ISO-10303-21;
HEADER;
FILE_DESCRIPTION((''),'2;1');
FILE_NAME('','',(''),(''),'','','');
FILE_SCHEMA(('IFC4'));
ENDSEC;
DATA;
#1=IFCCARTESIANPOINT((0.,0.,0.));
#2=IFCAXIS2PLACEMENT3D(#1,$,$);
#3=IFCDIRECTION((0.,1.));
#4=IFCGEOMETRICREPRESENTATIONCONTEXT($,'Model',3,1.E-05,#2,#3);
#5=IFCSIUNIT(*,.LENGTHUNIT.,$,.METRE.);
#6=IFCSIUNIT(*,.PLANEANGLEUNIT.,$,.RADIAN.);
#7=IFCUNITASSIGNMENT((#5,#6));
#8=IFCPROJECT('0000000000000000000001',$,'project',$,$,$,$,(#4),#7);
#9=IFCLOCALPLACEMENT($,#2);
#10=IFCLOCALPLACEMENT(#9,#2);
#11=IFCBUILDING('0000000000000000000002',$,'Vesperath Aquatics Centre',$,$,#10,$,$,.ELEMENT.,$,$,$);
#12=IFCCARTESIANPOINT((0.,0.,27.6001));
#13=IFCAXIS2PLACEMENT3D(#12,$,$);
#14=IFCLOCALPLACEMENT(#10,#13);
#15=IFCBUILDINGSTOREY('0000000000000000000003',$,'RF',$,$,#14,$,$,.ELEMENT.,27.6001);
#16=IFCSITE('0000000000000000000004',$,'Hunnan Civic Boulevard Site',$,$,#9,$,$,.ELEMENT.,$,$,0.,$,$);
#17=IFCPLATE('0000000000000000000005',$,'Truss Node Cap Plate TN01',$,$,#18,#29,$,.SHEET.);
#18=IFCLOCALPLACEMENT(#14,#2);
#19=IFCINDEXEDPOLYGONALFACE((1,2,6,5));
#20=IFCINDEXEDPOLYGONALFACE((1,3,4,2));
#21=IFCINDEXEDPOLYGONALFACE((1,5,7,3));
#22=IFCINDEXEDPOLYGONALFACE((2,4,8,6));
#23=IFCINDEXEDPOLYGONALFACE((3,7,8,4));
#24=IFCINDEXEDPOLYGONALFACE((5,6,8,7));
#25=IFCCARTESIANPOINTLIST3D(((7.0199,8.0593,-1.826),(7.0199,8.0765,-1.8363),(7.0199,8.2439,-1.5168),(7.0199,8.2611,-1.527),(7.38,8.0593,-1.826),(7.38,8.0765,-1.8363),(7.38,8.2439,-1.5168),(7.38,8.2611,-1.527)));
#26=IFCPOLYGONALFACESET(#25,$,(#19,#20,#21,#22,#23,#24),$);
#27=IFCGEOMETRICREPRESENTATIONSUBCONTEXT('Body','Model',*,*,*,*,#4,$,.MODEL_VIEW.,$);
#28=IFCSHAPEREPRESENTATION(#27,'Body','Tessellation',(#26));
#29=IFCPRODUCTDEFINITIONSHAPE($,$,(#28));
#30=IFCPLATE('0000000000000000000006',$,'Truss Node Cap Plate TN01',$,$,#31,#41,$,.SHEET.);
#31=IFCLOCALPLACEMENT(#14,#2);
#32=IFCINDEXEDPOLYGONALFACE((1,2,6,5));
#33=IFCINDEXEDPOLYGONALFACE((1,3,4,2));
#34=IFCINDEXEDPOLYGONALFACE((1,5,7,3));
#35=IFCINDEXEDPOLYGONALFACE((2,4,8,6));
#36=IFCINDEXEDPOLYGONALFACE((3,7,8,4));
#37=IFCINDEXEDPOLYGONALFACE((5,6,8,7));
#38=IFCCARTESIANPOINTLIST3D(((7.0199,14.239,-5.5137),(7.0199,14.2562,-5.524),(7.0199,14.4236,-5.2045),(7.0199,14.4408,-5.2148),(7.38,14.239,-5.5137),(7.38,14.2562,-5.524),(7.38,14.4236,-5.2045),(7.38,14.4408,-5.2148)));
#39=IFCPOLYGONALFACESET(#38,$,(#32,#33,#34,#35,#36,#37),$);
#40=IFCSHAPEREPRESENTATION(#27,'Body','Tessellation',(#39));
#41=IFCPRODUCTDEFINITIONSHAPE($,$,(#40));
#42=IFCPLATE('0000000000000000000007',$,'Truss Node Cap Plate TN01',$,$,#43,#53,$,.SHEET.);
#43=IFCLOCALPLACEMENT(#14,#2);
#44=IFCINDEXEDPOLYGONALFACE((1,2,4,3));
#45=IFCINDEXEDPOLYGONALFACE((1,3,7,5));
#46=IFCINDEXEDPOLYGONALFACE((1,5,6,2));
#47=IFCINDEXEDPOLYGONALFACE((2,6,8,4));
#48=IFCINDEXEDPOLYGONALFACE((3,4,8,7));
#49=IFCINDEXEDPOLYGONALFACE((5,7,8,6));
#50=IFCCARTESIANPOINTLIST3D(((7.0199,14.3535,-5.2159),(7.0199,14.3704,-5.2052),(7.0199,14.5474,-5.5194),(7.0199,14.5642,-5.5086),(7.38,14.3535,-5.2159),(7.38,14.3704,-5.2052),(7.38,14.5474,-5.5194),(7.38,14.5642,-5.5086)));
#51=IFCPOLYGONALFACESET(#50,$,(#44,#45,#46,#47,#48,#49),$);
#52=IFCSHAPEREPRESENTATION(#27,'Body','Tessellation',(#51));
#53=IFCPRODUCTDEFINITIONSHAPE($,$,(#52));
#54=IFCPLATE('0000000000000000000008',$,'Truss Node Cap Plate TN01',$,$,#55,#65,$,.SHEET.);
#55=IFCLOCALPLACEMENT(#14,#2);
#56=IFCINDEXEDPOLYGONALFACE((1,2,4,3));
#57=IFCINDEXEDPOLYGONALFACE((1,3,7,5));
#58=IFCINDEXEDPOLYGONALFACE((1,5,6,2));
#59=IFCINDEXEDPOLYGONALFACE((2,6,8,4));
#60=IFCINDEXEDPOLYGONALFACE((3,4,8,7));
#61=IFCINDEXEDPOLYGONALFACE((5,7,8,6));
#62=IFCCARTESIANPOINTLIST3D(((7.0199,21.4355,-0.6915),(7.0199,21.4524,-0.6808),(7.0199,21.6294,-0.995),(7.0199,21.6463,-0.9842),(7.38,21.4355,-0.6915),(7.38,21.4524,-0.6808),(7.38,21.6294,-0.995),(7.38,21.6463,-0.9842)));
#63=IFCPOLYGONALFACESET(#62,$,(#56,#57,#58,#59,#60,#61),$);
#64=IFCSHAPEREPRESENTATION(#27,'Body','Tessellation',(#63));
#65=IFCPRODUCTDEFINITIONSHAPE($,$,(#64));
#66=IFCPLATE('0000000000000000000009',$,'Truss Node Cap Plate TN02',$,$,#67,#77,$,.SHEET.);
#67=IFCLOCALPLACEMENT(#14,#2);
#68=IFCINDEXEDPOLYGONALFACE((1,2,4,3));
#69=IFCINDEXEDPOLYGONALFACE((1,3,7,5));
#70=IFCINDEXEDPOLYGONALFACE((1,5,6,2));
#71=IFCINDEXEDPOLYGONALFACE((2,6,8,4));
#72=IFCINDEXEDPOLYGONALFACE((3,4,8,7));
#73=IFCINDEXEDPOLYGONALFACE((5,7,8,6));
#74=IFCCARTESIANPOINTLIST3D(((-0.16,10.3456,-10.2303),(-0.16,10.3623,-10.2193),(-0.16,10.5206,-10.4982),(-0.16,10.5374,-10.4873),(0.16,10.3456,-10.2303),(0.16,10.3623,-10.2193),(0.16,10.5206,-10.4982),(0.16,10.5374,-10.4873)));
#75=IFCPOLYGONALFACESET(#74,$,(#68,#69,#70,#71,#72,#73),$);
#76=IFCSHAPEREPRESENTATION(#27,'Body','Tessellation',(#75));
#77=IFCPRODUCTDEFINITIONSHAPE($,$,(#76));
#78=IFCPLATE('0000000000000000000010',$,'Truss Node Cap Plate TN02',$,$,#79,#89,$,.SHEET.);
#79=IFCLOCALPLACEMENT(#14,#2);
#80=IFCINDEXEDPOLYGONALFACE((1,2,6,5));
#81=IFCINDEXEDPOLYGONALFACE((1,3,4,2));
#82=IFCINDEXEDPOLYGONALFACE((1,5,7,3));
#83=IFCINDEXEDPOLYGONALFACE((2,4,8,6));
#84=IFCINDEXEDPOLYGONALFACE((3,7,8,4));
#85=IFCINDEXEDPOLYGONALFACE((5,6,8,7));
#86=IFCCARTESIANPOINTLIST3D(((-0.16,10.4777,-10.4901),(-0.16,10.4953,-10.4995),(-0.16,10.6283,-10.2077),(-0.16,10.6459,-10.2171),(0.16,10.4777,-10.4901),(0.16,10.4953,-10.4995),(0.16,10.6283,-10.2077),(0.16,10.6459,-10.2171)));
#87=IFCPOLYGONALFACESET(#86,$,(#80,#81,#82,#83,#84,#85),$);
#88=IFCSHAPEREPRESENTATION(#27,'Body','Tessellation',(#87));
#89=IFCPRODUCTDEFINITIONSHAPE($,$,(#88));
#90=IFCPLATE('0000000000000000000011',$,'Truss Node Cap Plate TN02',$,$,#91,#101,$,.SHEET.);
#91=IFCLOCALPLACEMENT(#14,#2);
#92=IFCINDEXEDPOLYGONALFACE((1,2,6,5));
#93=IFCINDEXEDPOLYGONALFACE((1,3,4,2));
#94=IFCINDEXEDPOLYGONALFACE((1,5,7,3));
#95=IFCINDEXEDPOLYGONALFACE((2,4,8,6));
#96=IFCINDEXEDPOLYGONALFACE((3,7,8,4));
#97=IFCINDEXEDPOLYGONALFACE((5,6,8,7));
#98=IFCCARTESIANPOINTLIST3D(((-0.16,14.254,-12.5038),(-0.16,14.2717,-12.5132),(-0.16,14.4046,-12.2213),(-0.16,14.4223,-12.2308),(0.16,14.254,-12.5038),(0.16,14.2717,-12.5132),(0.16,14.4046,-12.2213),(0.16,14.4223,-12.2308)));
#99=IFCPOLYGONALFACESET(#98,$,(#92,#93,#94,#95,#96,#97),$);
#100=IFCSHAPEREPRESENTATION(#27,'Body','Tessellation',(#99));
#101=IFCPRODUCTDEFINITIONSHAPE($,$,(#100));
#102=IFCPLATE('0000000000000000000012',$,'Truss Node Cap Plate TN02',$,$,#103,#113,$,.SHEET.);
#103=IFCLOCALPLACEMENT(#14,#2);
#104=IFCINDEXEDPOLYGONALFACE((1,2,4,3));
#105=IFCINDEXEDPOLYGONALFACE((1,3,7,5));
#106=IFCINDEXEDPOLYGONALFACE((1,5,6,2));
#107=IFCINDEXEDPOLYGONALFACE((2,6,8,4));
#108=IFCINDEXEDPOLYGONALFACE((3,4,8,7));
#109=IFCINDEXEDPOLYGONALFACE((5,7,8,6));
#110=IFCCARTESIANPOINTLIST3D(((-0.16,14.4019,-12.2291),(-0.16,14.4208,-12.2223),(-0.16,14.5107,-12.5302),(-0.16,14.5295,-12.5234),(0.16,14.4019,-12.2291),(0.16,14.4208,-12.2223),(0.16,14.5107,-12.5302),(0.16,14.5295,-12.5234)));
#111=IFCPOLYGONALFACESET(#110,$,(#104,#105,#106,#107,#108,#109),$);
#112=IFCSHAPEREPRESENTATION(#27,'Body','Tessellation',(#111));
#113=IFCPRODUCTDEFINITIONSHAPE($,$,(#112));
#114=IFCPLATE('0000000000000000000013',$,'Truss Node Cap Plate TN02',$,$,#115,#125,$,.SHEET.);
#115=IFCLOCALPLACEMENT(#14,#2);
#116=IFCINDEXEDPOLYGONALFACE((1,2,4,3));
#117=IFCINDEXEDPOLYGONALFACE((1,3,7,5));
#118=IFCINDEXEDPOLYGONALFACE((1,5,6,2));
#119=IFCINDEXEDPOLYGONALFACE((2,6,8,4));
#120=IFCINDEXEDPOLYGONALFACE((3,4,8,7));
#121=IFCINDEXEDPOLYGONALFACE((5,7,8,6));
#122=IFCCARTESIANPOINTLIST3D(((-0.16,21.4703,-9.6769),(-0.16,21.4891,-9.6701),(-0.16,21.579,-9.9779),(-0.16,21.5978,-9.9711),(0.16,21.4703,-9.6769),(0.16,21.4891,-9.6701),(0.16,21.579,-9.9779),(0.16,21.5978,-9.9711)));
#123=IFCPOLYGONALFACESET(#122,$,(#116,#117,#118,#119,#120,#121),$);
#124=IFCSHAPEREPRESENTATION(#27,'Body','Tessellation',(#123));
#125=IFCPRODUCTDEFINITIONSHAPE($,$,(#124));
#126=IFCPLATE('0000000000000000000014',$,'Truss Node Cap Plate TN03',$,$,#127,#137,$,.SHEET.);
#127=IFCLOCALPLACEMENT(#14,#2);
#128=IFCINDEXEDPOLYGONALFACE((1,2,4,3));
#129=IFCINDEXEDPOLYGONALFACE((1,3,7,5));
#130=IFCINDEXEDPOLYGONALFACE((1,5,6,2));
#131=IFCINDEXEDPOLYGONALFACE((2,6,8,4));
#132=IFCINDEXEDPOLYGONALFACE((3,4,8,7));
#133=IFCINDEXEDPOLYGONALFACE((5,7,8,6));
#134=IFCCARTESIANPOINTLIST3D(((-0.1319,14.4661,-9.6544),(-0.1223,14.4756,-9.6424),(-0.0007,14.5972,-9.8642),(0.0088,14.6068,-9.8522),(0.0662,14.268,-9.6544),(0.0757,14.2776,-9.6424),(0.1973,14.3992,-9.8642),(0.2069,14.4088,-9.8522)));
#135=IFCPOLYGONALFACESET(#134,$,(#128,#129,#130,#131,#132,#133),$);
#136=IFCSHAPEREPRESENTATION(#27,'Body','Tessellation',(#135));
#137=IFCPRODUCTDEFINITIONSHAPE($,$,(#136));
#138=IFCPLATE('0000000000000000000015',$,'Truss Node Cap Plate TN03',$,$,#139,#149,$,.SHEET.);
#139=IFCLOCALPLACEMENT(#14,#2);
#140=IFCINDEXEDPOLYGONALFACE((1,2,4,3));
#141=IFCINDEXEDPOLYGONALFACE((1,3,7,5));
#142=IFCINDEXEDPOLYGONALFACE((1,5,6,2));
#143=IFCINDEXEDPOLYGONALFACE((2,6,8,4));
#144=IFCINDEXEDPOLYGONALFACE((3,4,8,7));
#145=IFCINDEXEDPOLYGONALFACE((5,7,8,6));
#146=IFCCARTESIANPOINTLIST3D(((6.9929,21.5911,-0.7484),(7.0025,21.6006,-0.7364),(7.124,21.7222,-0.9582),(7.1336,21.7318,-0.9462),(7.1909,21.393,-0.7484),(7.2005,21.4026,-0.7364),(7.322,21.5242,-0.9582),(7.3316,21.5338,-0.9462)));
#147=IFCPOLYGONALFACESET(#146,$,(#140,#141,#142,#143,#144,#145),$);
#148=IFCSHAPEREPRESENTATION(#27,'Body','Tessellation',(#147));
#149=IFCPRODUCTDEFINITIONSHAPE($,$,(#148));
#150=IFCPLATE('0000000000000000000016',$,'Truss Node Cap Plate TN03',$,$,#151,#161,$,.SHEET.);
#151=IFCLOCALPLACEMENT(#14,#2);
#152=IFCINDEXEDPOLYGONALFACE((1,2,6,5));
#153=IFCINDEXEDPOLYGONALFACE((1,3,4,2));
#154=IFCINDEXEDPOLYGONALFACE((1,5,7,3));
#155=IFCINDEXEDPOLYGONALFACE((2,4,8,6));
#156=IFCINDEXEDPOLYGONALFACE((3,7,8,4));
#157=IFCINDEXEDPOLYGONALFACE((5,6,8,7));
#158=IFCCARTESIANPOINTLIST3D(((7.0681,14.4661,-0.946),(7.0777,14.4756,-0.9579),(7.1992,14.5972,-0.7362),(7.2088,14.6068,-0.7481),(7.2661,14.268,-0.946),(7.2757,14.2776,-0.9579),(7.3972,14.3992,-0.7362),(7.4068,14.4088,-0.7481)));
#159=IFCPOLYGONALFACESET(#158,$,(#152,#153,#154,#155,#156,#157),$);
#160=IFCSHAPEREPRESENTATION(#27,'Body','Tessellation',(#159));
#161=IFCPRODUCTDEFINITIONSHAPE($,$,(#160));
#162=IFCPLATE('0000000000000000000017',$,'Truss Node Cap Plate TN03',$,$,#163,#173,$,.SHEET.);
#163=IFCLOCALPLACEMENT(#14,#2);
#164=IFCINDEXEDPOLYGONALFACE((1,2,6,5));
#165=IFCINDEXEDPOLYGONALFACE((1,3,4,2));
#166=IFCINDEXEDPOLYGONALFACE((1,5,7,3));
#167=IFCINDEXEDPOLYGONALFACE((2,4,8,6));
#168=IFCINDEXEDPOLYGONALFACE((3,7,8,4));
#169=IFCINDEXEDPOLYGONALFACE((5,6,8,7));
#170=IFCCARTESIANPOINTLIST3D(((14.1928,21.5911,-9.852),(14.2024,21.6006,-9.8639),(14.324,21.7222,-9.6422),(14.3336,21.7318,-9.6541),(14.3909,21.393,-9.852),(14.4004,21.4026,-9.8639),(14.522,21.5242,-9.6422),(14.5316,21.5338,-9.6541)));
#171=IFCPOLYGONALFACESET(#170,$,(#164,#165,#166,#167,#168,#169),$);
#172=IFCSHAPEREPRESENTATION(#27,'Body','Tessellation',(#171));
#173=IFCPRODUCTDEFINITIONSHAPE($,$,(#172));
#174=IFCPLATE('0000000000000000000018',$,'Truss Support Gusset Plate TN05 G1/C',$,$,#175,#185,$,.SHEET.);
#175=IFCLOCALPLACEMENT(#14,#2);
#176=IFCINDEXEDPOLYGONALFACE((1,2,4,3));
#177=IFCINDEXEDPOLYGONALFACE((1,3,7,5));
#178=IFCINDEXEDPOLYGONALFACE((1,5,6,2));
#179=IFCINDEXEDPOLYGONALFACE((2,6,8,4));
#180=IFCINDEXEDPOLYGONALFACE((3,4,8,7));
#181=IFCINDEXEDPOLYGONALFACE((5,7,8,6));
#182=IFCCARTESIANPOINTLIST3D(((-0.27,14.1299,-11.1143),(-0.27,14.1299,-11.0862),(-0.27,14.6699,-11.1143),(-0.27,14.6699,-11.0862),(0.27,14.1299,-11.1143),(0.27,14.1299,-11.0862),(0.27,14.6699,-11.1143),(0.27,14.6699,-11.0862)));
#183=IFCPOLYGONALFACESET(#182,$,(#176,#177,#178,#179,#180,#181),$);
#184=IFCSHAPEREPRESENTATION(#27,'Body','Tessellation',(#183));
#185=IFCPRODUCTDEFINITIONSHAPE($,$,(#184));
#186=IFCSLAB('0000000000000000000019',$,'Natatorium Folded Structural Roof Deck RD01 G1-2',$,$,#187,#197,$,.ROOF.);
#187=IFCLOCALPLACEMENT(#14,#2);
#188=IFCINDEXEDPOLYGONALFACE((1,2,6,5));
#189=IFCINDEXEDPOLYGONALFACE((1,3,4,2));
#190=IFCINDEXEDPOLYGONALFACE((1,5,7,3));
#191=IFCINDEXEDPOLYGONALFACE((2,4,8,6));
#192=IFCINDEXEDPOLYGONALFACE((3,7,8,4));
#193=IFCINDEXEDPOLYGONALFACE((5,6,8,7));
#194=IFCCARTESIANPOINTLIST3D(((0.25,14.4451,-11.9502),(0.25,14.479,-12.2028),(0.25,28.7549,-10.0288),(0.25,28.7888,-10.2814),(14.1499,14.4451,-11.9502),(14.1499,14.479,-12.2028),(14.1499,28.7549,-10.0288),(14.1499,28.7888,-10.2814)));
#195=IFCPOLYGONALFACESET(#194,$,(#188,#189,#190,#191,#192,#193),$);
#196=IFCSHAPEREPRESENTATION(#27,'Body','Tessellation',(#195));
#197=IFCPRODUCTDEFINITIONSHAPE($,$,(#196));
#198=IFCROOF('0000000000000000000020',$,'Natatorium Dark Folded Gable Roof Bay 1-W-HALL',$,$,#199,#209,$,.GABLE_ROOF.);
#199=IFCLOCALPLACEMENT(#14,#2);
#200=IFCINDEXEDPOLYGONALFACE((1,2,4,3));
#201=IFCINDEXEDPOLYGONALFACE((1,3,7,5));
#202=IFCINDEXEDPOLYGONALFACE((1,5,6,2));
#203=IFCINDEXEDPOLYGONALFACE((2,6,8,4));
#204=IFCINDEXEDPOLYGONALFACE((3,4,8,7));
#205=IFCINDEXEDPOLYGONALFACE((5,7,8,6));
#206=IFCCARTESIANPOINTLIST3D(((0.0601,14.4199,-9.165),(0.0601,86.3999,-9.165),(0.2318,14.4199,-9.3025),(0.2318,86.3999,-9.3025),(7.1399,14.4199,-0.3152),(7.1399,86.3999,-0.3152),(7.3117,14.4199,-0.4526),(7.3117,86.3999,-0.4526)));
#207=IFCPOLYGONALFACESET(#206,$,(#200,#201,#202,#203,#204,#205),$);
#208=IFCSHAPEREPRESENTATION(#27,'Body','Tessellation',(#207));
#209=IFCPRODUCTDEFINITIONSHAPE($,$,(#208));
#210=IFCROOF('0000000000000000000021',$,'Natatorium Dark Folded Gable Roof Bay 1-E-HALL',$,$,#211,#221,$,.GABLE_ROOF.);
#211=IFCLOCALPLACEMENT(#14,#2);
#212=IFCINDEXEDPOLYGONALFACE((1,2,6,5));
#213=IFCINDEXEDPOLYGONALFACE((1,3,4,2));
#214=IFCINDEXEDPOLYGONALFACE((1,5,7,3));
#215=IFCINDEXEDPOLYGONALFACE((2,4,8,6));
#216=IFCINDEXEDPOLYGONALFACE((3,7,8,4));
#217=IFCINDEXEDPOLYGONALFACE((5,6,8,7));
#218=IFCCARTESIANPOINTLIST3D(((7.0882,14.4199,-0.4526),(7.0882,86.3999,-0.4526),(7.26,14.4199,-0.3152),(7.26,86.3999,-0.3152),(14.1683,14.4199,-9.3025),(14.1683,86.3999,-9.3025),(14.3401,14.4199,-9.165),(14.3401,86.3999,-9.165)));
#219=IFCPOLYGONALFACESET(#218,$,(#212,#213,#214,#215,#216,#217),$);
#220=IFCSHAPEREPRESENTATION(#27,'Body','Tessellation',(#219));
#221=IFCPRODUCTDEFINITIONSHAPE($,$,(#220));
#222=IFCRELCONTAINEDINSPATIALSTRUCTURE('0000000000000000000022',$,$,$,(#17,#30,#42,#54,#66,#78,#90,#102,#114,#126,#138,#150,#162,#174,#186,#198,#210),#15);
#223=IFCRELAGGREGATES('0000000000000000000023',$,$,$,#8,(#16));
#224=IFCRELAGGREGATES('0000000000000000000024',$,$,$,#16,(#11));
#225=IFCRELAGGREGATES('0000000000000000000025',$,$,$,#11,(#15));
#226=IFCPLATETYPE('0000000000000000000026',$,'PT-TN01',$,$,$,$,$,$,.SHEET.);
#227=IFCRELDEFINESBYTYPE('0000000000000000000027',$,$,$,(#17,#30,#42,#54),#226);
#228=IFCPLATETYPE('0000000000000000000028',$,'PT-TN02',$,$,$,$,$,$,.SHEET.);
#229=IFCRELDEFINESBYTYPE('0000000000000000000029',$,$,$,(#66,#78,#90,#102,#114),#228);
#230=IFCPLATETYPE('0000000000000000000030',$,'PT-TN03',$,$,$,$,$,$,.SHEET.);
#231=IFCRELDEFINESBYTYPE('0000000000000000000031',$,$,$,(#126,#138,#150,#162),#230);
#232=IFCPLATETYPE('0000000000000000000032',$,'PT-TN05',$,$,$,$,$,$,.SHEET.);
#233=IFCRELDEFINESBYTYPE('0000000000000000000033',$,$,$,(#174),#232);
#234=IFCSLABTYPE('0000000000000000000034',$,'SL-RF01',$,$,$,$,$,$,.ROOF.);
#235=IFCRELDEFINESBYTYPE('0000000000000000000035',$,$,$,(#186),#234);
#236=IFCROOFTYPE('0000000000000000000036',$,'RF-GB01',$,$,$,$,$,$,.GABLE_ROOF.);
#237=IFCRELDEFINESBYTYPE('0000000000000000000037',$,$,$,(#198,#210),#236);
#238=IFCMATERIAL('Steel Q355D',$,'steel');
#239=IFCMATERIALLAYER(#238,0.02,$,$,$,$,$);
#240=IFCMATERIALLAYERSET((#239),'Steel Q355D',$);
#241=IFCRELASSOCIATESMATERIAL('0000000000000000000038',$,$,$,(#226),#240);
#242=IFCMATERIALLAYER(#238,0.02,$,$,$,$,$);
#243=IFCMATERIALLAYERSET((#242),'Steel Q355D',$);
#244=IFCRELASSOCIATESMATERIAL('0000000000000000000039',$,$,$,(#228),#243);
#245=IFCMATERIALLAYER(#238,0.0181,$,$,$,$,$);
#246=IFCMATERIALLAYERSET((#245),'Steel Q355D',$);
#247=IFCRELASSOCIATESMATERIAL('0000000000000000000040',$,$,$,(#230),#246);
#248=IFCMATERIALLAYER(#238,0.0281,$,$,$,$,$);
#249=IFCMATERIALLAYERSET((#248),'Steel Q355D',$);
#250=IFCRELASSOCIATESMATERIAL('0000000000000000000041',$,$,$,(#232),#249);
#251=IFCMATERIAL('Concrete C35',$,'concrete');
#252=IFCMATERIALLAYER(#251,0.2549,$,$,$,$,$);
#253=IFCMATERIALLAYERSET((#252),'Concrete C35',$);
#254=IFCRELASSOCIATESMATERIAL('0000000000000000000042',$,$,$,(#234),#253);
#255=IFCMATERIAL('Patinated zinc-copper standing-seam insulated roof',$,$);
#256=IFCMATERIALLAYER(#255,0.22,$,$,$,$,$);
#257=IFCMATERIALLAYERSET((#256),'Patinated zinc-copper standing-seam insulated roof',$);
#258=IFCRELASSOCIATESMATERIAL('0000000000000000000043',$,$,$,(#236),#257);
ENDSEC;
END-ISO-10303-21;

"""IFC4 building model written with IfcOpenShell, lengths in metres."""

from ifc_helpers import new_model, si_unit, direction, frame, origin, origin_2d, place, context, subcontext, project, spatial, polyline, rectangle, outline, extrude, material, layer, layer_set, type_object, element, save


model = new_model("IFC4")

# Units and contexts
model_context = context("Model", 3, precision=1e-05, world=origin(), true_north=direction((0.0, 1.0)))
body_context = subcontext(model_context, "Body", "Model", "MODEL_VIEW")
ifc_project = project(units=[si_unit("LENGTHUNIT", "METRE"), si_unit("PLANEANGLEUNIT", "RADIAN")], contexts=[model_context])

# Site, building, storey
site_placement = place(None, origin())
site = spatial("IfcSite", under=ifc_project, at=site_placement, Name="Hunnan Civic Boulevard Site", CompositionType="ELEMENT", RefElevation=0.0)
building_placement = place(site_placement, origin())
building = spatial("IfcBuilding", under=site, at=building_placement, Name="Vesperath Aquatics Centre", CompositionType="ELEMENT")
storey_placement = place(building_placement, frame((0.0, 0.0, 27.6001)))
storey = spatial("IfcBuildingStorey", under=building, at=storey_placement, Name="RF", CompositionType="ELEMENT", Elevation=27.6001)

# Shared definitions
ifc_material_1 = material(Name="Steel Q355D", Category="steel")

# Plates
ifc_layer_1 = layer(ifc_material_1, 0.02)
ifc_layer_set_1 = layer_set([ifc_layer_1], Name="Steel Q355D")
plate_type_1 = type_object("IfcPlateType", Name="PT-TN01", PredefinedType="SHEET", material=ifc_layer_set_1)
for number, where, z_axis, x_axis, name in (
    (1, (7.2, 8.1516, -1.6714), (0.0, 0.858729, -0.51243), (-1.0, 0.0, 0.0), "Truss Node Cap Plate TN01"),
    (2, (7.2, 14.3313, -5.3591), (0.0, 0.858729, -0.51243), (-1.0, 0.0, 0.0), "Truss Node Cap Plate TN01"),
    (3, (7.2, 14.4504, -5.3677), (0.0, 0.842696, 0.538389), (-1.0, 0.0, 0.0), "Truss Node Cap Plate TN01"),
    (4, (7.2, 21.5325, -0.8433), (0.0, 0.842696, 0.538389), (-1.0, 0.0, 0.0), "Truss Node Cap Plate TN01"),
):
    element("IfcPlate", number, at=place(storey_placement, frame(where, z_axis=z_axis, x_axis=x_axis)), inside=storey, type_object=plate_type_1, Name=name, PredefinedType="SHEET", context=body_context, shape_type="SweptSolid", body=[
        extrude(rectangle(XDim=0.3601, YDim=0.3601, at=origin_2d()), origin(), (0.0, 0.0, 1.0), 0.02),
    ])
ifc_layer_2 = layer(ifc_material_1, 0.02)
ifc_layer_set_2 = layer_set([ifc_layer_2], Name="Steel Q355D")
plate_type_2 = type_object("IfcPlateType", Name="PT-TN02", PredefinedType="SHEET", material=ifc_layer_set_2)
for number, where, z_axis, x_axis, name in (
    (5, (0.0, 10.4331, -10.3643), (0.0, 0.837176, 0.546934), (-1.0, 0.0, 0.0), "Truss Node Cap Plate TN02"),
    (6, (0.0, 10.553, -10.3489), (0.0, 0.882391, -0.470518), (-1.0, 0.0, 0.0), "Truss Node Cap Plate TN02"),
    (7, (0.0, 14.3293, -12.3625), (0.0, 0.882391, -0.470518), (-1.0, 0.0, 0.0), "Truss Node Cap Plate TN02"),
    (8, (0.0, 14.4563, -12.3796), (0.0, 0.940554, 0.339644), (-1.0, 0.0, 0.0), "Truss Node Cap Plate TN02"),
    (9, (0.0, 21.5247, -9.8274), (0.0, 0.940554, 0.339644), (-1.0, 0.0, 0.0), "Truss Node Cap Plate TN02"),
):
    element("IfcPlate", number, at=place(storey_placement, frame(where, z_axis=z_axis, x_axis=x_axis)), inside=storey, type_object=plate_type_2, Name=name, PredefinedType="SHEET", context=body_context, shape_type="SweptSolid", body=[
        extrude(rectangle(XDim=0.3201, YDim=0.3201, at=origin_2d()), origin(), (0.0, 0.0, 1.0), 0.02),
    ])
ifc_layer_3 = layer(ifc_material_1, 0.0181)
ifc_layer_set_3 = layer_set([ifc_layer_3], Name="Steel Q355D")
plate_type_3 = type_object("IfcPlateType", Name="PT-TN03", PredefinedType="SHEET", material=ifc_layer_set_3)
for number, where, z_axis, x_axis, name in (
    (10, (0.0327, 14.4326, -9.7593), (0.529813, 0.529813, 0.662266), (-0.707107, 0.707107, 0.0), "Truss Node Cap Plate TN03"),
    (11, (7.1575, 21.5576, -0.8533), (0.529813, 0.529813, 0.662266), (-0.707107, 0.707107, 0.0), "Truss Node Cap Plate TN03"),
    (12, (7.2327, 14.4326, -0.8411), (0.529813, 0.529813, -0.662266), (-0.707107, 0.707107, 0.0), "Truss Node Cap Plate TN03"),
    (13, (14.3574, 21.5576, -9.7471), (0.529813, 0.529813, -0.662266), (-0.707107, 0.707107, 0.0), "Truss Node Cap Plate TN03"),
):
    element("IfcPlate", number, at=place(storey_placement, frame(where, z_axis=z_axis, x_axis=x_axis)), inside=storey, type_object=plate_type_3, Name=name, PredefinedType="SHEET", context=body_context, shape_type="SweptSolid", body=[
        extrude(rectangle(XDim=0.28, YDim=0.28, at=origin_2d()), origin(), (0.0, 0.0, 1.0), 0.0181),
    ])
ifc_layer_4 = layer(ifc_material_1, 0.0281)
ifc_layer_set_4 = layer_set([ifc_layer_4], Name="Steel Q355D")
plate_type_4 = type_object("IfcPlateType", Name="PT-TN05", PredefinedType="SHEET", material=ifc_layer_set_4)
plate_placement = place(storey_placement, frame((0.0, 14.3999, -11.1143), z_axis=(0.0, 0.0, 1.0), x_axis=(0.0, 1.0, 0.0)))
element("IfcPlate", 14, at=plate_placement, inside=storey, type_object=plate_type_4, Name="Truss Support Gusset Plate TN05 G1/C", PredefinedType="SHEET", context=body_context, shape_type="SweptSolid", body=[
    extrude(rectangle(XDim=0.54, YDim=0.54, at=origin_2d()), origin(), (0.0, 0.0, 1.0), 0.0281),
])

# Slab
ifc_material_2 = material(Name="Concrete C35", Category="concrete")
ifc_layer_5 = layer(ifc_material_2, 0.2549)
ifc_layer_set_5 = layer_set([ifc_layer_5], Name="Concrete C35")
slab_type = type_object("IfcSlabType", Name="SL-RF01", PredefinedType="ROOF", material=ifc_layer_set_5)
slab_placement = place(storey_placement, frame((0.25, 14.4451, -11.9502), z_axis=(0.0, -0.133076, 0.991106), x_axis=(1.0, 0.0, 0.0)))
element("IfcSlab", 15, at=slab_placement, inside=storey, type_object=slab_type, Name="Natatorium Folded Structural Roof Deck RD01 G1-2", PredefinedType="ROOF", context=body_context, shape_type="SweptSolid", body=[
    extrude(outline(polyline([(0.0, 0.0), (13.8999, 0.0), (13.8999, 14.4382), (0.0, 14.4382), (0.0, 0.0)])), origin(), (0.0, 0.0, -1.0), 0.2549),
])

# Roofs
ifc_material_3 = material(Name="Patinated zinc-copper standing-seam insulated roof")
ifc_layer_6 = layer(ifc_material_3, 0.22)
ifc_layer_set_6 = layer_set([ifc_layer_6], Name="Patinated zinc-copper standing-seam insulated roof")
roof_type = type_object("IfcRoofType", Name="RF-GB01", PredefinedType="GABLE_ROOF", material=ifc_layer_set_6)
roof_1_placement = place(storey_placement, frame((0.0601, 14.4199, -9.165), z_axis=(-0.780871, 0.0, 0.624692), x_axis=(0.624692, 0.0, 0.780871)))
element("IfcRoof", 16, at=roof_1_placement, inside=storey, type_object=roof_type, Name="Natatorium Dark Folded Gable Roof Bay 1-W-HALL", PredefinedType="GABLE_ROOF", context=body_context, shape_type="SweptSolid", body=[
    extrude(outline(polyline([(0.0, 0.0), (11.3333, 0.0), (11.3333, 71.98), (0.0, 71.98), (0.0, 0.0)])), origin(), (0.0, 0.0, -1.0), 0.22),
])
roof_2_placement = place(storey_placement, frame((7.26, 14.4199, -0.3152), z_axis=(0.78086, 0.0, 0.624706), x_axis=(0.624706, 0.0, -0.78086)))
element("IfcRoof", 17, at=roof_2_placement, inside=storey, type_object=roof_type, Name="Natatorium Dark Folded Gable Roof Bay 1-E-HALL", PredefinedType="GABLE_ROOF", context=body_context, shape_type="SweptSolid", body=[
    extrude(outline(polyline([(0.0, 0.0), (11.3335, 0.0), (11.3335, 71.98), (0.0, 71.98), (0.0, 0.0)])), origin(), (0.0, 0.0, -1.0), 0.22),
])

save(model, "model.ifc")
